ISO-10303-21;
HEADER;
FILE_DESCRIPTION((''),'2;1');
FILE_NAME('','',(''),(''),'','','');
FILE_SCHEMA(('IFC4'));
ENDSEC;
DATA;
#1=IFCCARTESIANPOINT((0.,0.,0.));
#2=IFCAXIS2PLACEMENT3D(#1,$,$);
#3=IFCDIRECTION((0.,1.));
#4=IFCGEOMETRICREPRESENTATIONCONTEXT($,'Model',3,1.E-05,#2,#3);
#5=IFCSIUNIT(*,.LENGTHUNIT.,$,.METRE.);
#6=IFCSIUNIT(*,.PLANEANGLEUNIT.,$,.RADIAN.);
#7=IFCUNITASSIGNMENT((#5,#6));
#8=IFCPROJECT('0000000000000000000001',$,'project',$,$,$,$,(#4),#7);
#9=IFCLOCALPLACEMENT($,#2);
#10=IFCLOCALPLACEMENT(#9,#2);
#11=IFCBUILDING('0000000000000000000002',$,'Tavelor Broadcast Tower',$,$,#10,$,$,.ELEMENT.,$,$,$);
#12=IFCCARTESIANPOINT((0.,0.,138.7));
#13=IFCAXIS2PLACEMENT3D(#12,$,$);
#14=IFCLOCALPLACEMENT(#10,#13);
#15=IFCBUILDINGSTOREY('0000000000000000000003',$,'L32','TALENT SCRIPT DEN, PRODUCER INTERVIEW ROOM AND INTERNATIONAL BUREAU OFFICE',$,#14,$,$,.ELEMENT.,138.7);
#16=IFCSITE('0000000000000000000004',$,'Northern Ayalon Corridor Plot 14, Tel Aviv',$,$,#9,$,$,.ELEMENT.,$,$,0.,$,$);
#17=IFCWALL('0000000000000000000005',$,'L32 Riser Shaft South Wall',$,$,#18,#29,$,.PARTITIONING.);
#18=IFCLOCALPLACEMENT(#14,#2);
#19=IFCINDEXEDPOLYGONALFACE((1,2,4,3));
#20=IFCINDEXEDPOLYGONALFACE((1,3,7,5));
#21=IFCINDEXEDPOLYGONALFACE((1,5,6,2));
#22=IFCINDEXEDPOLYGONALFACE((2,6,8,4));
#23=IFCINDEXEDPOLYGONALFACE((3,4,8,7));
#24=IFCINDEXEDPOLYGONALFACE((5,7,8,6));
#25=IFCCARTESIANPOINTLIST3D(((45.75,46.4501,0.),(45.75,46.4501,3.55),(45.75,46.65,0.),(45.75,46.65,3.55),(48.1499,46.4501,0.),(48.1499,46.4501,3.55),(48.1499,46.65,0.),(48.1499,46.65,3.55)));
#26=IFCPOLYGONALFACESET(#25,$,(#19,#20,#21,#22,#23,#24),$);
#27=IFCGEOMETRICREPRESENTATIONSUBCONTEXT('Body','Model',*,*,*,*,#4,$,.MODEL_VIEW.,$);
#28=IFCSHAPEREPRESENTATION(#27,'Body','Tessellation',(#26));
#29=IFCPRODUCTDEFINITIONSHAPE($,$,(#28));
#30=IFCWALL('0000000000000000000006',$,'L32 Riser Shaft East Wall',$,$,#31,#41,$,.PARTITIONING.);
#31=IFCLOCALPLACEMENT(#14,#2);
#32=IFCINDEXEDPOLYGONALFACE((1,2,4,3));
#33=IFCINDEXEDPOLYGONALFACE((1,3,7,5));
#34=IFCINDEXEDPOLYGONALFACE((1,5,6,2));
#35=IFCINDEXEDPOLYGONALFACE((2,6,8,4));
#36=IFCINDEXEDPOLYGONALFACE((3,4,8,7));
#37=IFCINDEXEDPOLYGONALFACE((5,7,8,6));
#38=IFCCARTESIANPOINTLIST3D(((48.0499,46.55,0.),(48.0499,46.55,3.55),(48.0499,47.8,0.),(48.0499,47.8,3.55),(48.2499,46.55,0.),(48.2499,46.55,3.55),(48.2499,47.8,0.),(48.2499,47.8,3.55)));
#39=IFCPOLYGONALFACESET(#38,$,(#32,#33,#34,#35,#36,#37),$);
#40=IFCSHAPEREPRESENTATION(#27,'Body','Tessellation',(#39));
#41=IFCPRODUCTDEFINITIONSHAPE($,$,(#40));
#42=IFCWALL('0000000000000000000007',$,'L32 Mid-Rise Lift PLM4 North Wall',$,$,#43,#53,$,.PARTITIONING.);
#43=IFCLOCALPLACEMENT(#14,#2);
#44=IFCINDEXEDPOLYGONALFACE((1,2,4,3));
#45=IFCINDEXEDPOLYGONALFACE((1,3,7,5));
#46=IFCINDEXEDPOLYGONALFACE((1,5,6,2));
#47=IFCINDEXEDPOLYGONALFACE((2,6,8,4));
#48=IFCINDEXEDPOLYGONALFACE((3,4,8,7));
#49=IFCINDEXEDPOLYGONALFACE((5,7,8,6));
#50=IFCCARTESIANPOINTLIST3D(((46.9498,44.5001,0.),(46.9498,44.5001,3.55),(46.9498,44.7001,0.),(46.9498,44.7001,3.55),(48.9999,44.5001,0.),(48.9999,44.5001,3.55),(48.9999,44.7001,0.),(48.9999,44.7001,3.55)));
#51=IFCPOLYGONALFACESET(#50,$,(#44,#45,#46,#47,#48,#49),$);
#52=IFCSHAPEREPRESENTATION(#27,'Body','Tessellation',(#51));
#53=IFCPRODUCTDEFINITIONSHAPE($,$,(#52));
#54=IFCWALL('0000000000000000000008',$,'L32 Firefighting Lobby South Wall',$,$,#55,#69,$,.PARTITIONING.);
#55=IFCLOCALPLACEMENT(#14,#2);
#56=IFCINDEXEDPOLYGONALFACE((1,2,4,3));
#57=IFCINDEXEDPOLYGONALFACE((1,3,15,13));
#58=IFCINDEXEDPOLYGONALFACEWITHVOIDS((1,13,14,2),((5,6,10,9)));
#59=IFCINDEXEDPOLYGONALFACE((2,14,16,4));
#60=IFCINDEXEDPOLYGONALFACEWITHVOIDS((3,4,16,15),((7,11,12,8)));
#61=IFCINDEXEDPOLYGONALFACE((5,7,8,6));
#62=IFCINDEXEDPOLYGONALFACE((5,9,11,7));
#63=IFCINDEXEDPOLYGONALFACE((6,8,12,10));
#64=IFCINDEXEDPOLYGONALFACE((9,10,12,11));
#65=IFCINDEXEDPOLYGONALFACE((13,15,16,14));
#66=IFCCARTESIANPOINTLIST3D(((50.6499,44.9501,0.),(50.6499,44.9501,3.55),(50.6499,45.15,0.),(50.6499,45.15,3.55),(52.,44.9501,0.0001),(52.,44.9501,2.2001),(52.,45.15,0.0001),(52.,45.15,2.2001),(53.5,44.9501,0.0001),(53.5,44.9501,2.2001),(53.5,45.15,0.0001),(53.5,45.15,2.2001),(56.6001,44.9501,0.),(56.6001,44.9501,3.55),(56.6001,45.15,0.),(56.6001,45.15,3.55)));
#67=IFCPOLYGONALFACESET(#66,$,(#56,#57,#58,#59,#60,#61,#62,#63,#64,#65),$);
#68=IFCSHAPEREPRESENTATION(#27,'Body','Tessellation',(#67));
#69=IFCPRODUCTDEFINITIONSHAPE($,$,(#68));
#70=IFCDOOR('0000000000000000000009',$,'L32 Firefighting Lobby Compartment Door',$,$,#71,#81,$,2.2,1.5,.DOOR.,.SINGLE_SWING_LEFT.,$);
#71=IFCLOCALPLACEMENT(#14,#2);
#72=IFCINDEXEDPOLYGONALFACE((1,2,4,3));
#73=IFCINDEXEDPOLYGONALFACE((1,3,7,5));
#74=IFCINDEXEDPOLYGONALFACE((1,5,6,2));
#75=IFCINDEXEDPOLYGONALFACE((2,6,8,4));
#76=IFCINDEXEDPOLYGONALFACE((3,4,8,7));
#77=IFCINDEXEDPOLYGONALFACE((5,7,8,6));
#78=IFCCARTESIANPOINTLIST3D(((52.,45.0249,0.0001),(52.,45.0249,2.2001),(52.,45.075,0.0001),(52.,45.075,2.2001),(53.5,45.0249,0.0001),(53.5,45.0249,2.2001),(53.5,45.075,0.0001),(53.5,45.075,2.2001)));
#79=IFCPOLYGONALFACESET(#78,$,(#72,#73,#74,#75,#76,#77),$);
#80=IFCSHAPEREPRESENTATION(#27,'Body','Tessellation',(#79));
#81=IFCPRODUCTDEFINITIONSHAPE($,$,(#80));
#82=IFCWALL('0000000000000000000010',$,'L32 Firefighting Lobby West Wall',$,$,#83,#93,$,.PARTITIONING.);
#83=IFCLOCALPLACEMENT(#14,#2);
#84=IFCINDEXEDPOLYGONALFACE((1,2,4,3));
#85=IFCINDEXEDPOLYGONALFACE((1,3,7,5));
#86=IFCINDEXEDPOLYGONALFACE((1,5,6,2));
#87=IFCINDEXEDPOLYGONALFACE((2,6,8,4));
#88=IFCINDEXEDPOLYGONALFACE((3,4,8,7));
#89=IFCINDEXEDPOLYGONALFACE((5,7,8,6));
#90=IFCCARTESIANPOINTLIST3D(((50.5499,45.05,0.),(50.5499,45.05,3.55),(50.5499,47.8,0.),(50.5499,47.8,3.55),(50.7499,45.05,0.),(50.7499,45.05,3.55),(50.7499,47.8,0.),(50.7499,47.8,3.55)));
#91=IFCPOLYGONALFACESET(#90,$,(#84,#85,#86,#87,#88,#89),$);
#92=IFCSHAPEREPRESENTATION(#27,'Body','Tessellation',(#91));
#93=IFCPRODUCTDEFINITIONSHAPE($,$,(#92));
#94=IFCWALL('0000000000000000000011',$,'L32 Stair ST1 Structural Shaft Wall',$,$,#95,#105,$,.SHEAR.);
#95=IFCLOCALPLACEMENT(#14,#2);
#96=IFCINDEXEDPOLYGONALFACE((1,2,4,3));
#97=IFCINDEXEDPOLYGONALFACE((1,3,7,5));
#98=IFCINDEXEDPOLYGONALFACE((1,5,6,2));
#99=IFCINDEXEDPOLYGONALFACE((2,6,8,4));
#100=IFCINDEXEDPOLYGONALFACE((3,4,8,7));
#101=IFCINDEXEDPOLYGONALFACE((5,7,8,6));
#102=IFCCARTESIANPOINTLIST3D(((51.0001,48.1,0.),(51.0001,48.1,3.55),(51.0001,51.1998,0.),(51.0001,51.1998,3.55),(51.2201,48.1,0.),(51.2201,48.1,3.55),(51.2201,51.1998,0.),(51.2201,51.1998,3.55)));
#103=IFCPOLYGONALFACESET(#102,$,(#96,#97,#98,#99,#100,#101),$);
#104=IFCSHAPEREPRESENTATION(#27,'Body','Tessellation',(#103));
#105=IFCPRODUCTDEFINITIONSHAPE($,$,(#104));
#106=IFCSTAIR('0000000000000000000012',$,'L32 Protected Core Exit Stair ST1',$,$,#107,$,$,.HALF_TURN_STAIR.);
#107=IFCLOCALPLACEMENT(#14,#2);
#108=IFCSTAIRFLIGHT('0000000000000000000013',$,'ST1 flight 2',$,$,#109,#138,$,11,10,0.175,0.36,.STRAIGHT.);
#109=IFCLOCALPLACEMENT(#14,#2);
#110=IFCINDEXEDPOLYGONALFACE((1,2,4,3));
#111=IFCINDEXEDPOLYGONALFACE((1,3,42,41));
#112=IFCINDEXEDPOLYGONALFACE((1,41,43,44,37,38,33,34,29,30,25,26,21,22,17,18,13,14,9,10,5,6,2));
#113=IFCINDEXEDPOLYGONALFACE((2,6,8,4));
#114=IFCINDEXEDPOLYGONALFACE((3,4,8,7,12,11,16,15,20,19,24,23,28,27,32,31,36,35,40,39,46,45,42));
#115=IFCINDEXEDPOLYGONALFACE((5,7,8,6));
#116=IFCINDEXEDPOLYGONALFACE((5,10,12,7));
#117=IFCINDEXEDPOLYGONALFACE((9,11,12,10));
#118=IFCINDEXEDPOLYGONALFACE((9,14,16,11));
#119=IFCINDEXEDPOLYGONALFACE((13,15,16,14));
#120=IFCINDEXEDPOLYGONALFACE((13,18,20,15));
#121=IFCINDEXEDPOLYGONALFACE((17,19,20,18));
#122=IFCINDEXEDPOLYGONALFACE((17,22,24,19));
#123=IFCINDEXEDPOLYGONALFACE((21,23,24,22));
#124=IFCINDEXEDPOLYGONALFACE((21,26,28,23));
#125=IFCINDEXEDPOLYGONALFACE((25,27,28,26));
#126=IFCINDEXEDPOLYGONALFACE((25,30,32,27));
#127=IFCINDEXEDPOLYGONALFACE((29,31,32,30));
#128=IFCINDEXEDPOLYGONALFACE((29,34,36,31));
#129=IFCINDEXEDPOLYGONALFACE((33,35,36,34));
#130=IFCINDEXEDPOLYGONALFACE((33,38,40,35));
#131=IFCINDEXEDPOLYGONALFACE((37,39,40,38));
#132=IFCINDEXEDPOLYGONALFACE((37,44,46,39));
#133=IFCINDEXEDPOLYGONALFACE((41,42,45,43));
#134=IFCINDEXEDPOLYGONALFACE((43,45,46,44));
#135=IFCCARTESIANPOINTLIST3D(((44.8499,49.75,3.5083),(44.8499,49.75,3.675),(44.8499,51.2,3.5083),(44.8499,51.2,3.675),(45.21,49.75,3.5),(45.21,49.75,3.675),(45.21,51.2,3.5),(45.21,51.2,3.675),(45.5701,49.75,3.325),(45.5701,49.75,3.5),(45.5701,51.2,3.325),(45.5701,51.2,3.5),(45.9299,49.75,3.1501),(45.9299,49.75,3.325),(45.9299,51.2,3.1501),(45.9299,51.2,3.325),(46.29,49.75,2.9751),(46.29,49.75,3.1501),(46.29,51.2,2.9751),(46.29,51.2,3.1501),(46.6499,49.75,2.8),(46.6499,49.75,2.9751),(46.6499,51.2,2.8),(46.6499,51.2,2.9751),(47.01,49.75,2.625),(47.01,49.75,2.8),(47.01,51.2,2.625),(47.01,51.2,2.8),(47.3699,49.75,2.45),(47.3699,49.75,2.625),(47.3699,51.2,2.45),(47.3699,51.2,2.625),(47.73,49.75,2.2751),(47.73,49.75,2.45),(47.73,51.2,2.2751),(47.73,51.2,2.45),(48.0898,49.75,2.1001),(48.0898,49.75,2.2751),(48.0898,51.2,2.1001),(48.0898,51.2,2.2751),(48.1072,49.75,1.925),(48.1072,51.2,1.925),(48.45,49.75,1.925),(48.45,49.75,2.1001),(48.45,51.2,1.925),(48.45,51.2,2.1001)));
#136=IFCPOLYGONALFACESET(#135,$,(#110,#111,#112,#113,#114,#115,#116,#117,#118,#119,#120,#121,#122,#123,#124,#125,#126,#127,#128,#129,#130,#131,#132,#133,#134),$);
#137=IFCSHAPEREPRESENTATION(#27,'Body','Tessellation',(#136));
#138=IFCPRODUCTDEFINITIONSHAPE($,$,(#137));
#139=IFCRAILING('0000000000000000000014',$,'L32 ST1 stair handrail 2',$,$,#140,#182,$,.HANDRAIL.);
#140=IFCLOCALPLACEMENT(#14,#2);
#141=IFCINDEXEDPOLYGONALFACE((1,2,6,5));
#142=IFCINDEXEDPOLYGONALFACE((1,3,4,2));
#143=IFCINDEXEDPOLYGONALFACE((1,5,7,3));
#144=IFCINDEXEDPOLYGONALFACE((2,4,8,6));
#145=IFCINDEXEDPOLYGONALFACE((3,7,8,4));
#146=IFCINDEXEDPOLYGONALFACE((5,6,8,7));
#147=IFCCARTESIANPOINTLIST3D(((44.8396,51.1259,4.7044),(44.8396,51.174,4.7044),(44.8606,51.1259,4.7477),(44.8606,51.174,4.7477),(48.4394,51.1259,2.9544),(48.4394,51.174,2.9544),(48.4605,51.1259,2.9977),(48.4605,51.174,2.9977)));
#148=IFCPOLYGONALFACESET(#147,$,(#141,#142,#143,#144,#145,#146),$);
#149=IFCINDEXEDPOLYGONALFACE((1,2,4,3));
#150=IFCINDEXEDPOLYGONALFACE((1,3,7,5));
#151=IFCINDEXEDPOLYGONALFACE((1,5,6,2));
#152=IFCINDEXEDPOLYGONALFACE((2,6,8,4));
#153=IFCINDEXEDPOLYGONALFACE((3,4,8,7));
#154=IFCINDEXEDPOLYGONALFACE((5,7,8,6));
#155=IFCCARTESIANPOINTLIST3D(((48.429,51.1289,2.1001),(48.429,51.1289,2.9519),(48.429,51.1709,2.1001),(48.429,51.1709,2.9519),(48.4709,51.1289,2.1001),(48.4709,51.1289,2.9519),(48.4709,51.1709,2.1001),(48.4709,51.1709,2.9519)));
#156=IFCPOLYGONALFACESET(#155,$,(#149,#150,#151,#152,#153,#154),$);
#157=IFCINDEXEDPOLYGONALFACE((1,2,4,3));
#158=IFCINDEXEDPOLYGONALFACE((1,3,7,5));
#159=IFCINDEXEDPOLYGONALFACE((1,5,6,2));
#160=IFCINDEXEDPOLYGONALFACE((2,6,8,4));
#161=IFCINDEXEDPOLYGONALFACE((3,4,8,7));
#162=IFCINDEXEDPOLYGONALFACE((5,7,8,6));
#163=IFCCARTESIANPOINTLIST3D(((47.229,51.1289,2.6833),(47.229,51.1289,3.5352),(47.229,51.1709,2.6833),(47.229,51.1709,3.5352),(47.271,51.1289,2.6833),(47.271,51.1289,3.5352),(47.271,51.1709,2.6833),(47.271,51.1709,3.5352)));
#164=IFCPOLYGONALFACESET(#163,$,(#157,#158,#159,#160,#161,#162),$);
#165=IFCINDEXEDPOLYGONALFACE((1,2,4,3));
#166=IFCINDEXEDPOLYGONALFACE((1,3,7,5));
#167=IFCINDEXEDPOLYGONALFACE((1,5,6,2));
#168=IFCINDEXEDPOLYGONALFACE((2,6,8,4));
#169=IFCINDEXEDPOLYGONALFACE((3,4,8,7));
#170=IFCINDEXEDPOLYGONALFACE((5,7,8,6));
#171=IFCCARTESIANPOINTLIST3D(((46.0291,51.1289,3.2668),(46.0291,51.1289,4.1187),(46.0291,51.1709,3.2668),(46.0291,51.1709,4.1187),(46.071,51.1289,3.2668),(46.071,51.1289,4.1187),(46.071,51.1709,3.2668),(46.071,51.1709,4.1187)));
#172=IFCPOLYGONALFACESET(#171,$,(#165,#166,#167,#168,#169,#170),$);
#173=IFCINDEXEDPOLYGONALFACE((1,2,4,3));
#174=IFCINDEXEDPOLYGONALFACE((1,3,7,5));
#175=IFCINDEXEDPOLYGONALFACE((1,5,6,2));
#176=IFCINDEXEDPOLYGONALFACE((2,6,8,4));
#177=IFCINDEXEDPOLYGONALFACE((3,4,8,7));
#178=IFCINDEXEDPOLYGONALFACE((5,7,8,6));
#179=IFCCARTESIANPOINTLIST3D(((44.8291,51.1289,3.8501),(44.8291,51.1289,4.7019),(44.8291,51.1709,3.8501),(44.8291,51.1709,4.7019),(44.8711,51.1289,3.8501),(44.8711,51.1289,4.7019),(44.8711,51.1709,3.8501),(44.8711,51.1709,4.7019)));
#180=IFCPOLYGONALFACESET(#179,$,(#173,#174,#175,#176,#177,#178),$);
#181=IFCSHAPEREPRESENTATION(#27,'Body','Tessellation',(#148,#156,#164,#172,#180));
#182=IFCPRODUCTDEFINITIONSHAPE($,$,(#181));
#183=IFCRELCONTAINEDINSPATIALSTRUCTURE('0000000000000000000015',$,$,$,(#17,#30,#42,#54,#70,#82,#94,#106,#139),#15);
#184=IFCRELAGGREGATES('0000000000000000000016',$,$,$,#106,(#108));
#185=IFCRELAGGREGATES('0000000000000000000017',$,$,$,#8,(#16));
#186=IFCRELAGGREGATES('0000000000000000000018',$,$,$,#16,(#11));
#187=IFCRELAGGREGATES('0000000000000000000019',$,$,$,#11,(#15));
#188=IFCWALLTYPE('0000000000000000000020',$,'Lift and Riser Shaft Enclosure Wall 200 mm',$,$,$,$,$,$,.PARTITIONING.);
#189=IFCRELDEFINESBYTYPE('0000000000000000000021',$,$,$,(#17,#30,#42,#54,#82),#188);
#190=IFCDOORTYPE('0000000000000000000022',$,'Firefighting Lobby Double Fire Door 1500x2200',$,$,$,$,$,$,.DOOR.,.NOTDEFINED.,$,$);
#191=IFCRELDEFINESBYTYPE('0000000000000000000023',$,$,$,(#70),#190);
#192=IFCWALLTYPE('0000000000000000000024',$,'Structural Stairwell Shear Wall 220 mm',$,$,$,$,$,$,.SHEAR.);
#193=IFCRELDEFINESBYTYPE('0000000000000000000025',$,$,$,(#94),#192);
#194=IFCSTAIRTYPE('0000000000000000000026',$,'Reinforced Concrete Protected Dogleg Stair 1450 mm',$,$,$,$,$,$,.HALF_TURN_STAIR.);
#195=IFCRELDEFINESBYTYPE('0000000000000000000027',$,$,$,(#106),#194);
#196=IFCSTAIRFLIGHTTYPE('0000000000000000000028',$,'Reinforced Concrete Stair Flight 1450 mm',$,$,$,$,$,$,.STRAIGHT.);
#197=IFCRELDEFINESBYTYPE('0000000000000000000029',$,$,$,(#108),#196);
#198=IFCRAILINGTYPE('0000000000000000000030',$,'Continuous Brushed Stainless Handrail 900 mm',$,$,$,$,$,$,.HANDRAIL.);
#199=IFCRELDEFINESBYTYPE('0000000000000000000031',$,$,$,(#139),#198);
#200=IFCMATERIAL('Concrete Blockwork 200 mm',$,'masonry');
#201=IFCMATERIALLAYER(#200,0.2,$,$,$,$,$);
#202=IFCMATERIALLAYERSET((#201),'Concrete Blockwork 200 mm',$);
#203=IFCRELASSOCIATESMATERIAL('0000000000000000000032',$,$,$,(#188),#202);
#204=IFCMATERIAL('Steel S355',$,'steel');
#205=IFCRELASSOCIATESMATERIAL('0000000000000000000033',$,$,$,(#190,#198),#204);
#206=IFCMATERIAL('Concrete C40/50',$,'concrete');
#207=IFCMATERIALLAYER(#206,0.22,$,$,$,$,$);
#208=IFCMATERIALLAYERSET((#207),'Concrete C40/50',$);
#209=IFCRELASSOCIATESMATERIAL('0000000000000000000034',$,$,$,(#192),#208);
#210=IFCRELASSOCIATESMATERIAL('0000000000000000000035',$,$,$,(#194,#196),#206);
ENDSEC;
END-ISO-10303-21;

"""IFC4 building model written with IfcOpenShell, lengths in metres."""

from ifc_helpers import new_model, si_unit, direction, frame, frame_2d, origin, origin_2d, place, context, subcontext, project, spatial, polyline, rectangle, outline, extrude, material, layer, layer_set, type_object, element, fill, aggregate, save


model = new_model("IFC4")

# Units and contexts
model_context = context("Model", 3, precision=1e-05, world=origin(), true_north=direction((0.0, 1.0)))
body_context = subcontext(model_context, "Body", "Model", "MODEL_VIEW")
ifc_project = project(units=[si_unit("LENGTHUNIT", "METRE"), si_unit("PLANEANGLEUNIT", "RADIAN")], contexts=[model_context])

# Site, building, storey
site_placement = place(None, origin())
site = spatial("IfcSite", under=ifc_project, at=site_placement, Name="Northern Ayalon Corridor Plot 14, Tel Aviv", CompositionType="ELEMENT", RefElevation=0.0)
building_placement = place(site_placement, origin())
building = spatial("IfcBuilding", under=site, at=building_placement, Name="Tavelor Broadcast Tower", CompositionType="ELEMENT")
storey_placement = place(building_placement, frame((0.0, 0.0, 138.7)))
storey = spatial("IfcBuildingStorey", under=building, at=storey_placement, Name="L32", Description="TALENT SCRIPT DEN, PRODUCER INTERVIEW ROOM AND INTERNATIONAL BUREAU OFFICE", CompositionType="ELEMENT", Elevation=138.7)

# Shared definitions
ifc_material_1 = material(Name="Concrete C40/50", Category="concrete")
ifc_material_2 = material(Name="Steel S355", Category="steel")

# Walls
ifc_material_3 = material(Name="Concrete Blockwork 200 mm", Category="masonry")
ifc_layer_1 = layer(ifc_material_3, 0.2)
ifc_layer_set_1 = layer_set([ifc_layer_1], Name="Concrete Blockwork 200 mm")
wall_type_1 = type_object("IfcWallType", Name="Lift and Riser Shaft Enclosure Wall 200 mm", PredefinedType="PARTITIONING", material=ifc_layer_set_1)
wall_1_placement = place(storey_placement, frame((45.75, 46.55, 0.0), z_axis=(0.0, 0.0, 1.0), x_axis=(1.0, 0.0, 0.0)))
element("IfcWall", 1, at=wall_1_placement, inside=storey, type_object=wall_type_1, Name="L32 Riser Shaft South Wall", PredefinedType="PARTITIONING", context=body_context, shape_type="SweptSolid", body=[
    extrude(rectangle(XDim=2.3999, YDim=0.2, at=frame_2d((1.2, 0.0))), origin(), (0.0, 0.0, 1.0), 3.55),
])
wall_2_placement = place(storey_placement, frame((48.1499, 46.55, 0.0), z_axis=(0.0, 0.0, 1.0), x_axis=(0.0, 1.0, 0.0)))
element("IfcWall", 2, at=wall_2_placement, inside=storey, type_object=wall_type_1, Name="L32 Riser Shaft East Wall", PredefinedType="PARTITIONING", context=body_context, shape_type="SweptSolid", body=[
    extrude(rectangle(XDim=1.25, YDim=0.2, at=frame_2d((0.625, 0.0))), origin(), (0.0, 0.0, 1.0), 3.55),
])
wall_3_placement = place(storey_placement, frame((46.95, 44.6001, 0.0), z_axis=(0.0, 0.0, 1.0), x_axis=(1.0, 0.0, 0.0)))
element("IfcWall", 3, at=wall_3_placement, inside=storey, type_object=wall_type_1, Name="L32 Mid-Rise Lift PLM4 North Wall", PredefinedType="PARTITIONING", context=body_context, shape_type="SweptSolid", body=[
    extrude(rectangle(XDim=2.05, YDim=0.2, at=frame_2d((1.0249, 0.0))), origin(), (0.0, 0.0, 1.0), 3.55),
])

# Wall, opening, door
wall_4_placement = place(storey_placement, frame((50.6499, 45.05, 0.0), z_axis=(0.0, 0.0, 1.0), x_axis=(1.0, 0.0, 0.0)))
wall_4 = element("IfcWall", 4, at=wall_4_placement, inside=storey, type_object=wall_type_1, Name="L32 Firefighting Lobby South Wall", PredefinedType="PARTITIONING", context=body_context, shape_type="SweptSolid", body=[
    extrude(rectangle(XDim=5.9502, YDim=0.2, at=frame_2d((2.9751, 0.0))), origin(), (0.0, 0.0, 1.0), 3.55),
])
opening_placement = place(wall_4_placement, frame((1.3501, 0.0, 0.0)))
opening = element("IfcOpeningElement", 5, at=opening_placement, cuts=wall_4, PredefinedType="OPENING", context=body_context, shape_type="SweptSolid", body=[
    extrude(rectangle(XDim=1.5, YDim=2.2, at=frame_2d((0.75, 1.1001))), frame((0.0, 0.1099, 0.0), z_axis=(0.0, -1.0, 0.0), x_axis=(1.0, 0.0, 0.0)), (0.0, 0.0, 1.0), 0.22),
])
door_type = type_object("IfcDoorType", Name="Firefighting Lobby Double Fire Door 1500x2200", OperationType="NOTDEFINED", PredefinedType="DOOR", material=ifc_material_2)
door_placement = place(opening_placement, origin())
door = element("IfcDoor", 6, at=door_placement, inside=storey, type_object=door_type, Name="L32 Firefighting Lobby Compartment Door", OperationType="SINGLE_SWING_LEFT", OverallHeight=2.2, OverallWidth=1.5, PredefinedType="DOOR", context=body_context, shape_type="SweptSolid", body=[
    extrude(rectangle(XDim=1.5, YDim=2.2, at=frame_2d((0.75, 1.1001))), frame((0.0, 0.0249, 0.0), z_axis=(0.0, -1.0, 0.0), x_axis=(1.0, 0.0, 0.0)), (0.0, 0.0, 1.0), 0.05),
])
fill(opening, door)

# Walls
wall_5_placement = place(storey_placement, frame((50.6499, 45.05, 0.0), z_axis=(0.0, 0.0, 1.0), x_axis=(0.0, 1.0, 0.0)))
element("IfcWall", 7, at=wall_5_placement, inside=storey, type_object=wall_type_1, Name="L32 Firefighting Lobby West Wall", PredefinedType="PARTITIONING", context=body_context, shape_type="SweptSolid", body=[
    extrude(rectangle(XDim=2.75, YDim=0.2, at=frame_2d((1.375, 0.0))), origin(), (0.0, 0.0, 1.0), 3.55),
])
ifc_layer_2 = layer(ifc_material_1, 0.22)
ifc_layer_set_2 = layer_set([ifc_layer_2], Name="Concrete C40/50")
wall_type_2 = type_object("IfcWallType", Name="Structural Stairwell Shear Wall 220 mm", PredefinedType="SHEAR", material=ifc_layer_set_2)
wall_6_placement = place(storey_placement, frame((51.1101, 48.1001, 0.0), z_axis=(0.0, 0.0, 1.0), x_axis=(0.0, 1.0, 0.0)))
element("IfcWall", 8, at=wall_6_placement, inside=storey, type_object=wall_type_2, Name="L32 Stair ST1 Structural Shaft Wall", PredefinedType="SHEAR", context=body_context, shape_type="SweptSolid", body=[
    extrude(rectangle(XDim=3.0999, YDim=0.22, at=frame_2d((1.5498, 0.0))), origin(), (0.0, 0.0, 1.0), 3.55),
])

# Stair, stair flight
stair_type = type_object("IfcStairType", Name="Reinforced Concrete Protected Dogleg Stair 1450 mm", PredefinedType="HALF_TURN_STAIR", material=ifc_material_1)
stair_placement = place(storey_placement, origin())
stair = element("IfcStair", 9, at=stair_placement, inside=storey, type_object=stair_type, Name="L32 Protected Core Exit Stair ST1", PredefinedType="HALF_TURN_STAIR")
stair_flight_type = type_object("IfcStairFlightType", Name="Reinforced Concrete Stair Flight 1450 mm", PredefinedType="STRAIGHT", material=ifc_material_1)
stair_flight_placement = place(storey_placement, frame((48.45, 50.4751, 1.925), z_axis=(0.0, 0.0, 1.0), x_axis=(-1.0, 0.0, 0.0)))
stair_flight = element("IfcStairFlight", 10, at=stair_flight_placement, type_object=stair_flight_type, Name="ST1 flight 2", NumberOfRisers=11, NumberOfTreads=10, PredefinedType="STRAIGHT", RiserHeight=0.175, TreadLength=0.36, context=body_context, shape_type="SweptSolid", body=[
    extrude(outline(polyline([(0.0, 0.0), (0.0, 0.175), (0.3601, 0.175), (0.3601, 0.3501), (0.72, 0.3501), (0.72, 0.5249), (1.0801, 0.5249), (1.0801, 0.7), (1.4399, 0.7), (1.4399, 0.875), (1.8, 0.875), (1.8, 1.05), (2.1599, 1.05), (2.1599, 1.2251), (2.52, 1.2251), (2.52, 1.3999), (2.8799, 1.3999), (2.8799, 1.575), (3.24, 1.575), (3.24, 1.75), (3.6001, 1.75), (3.6001, 1.925), (3.6001, 1.5833), (0.3428, 0.0), (0.0, 0.0)])), frame((0.0, 0.7251, 0.0), z_axis=(0.0, -1.0, 0.0), x_axis=(1.0, 0.0, 0.0)), (0.0, 0.0, 1.0), 1.45),
])
aggregate(stair, [stair_flight])

# Railing
railing_type_1 = type_object("IfcRailingType", Name="Continuous Brushed Stainless Handrail 900 mm", PredefinedType="HANDRAIL", material=ifc_material_2)
railing_1_placement = place(storey_placement, frame((48.45, 51.1499, 2.1001)))
element("IfcRailing", 11, at=railing_1_placement, inside=storey, type_object=railing_type_1, Name="L32 ST1 stair handrail 2", PredefinedType="HANDRAIL", context=body_context, shape_type="SweptSolid", body=[
    extrude(rectangle(XDim=0.0481, YDim=0.0481, at=origin_2d()), frame((0.0, 0.0, 0.876), z_axis=(-0.899361, 0.0, 0.437207), x_axis=(0.0, -1.0, 0.0)), (0.0, 0.0, 1.0), 4.0027),
    extrude(rectangle(XDim=0.042, YDim=0.042, at=origin_2d()), origin(), (0.0, 0.0, 1.0), 0.8518),
    extrude(rectangle(XDim=0.042, YDim=0.042, at=origin_2d()), frame((-1.2, 0.0, 0.5833)), (0.0, 0.0, 1.0), 0.8518),
    extrude(rectangle(XDim=0.042, YDim=0.042, at=origin_2d()), frame((-2.3999, 0.0, 1.1667)), (0.0, 0.0, 1.0), 0.8518),
    extrude(rectangle(XDim=0.042, YDim=0.042, at=origin_2d()), frame((-3.5999, 0.0, 1.75)), (0.0, 0.0, 1.0), 0.8518),
])

save(model, "model.ifc")
